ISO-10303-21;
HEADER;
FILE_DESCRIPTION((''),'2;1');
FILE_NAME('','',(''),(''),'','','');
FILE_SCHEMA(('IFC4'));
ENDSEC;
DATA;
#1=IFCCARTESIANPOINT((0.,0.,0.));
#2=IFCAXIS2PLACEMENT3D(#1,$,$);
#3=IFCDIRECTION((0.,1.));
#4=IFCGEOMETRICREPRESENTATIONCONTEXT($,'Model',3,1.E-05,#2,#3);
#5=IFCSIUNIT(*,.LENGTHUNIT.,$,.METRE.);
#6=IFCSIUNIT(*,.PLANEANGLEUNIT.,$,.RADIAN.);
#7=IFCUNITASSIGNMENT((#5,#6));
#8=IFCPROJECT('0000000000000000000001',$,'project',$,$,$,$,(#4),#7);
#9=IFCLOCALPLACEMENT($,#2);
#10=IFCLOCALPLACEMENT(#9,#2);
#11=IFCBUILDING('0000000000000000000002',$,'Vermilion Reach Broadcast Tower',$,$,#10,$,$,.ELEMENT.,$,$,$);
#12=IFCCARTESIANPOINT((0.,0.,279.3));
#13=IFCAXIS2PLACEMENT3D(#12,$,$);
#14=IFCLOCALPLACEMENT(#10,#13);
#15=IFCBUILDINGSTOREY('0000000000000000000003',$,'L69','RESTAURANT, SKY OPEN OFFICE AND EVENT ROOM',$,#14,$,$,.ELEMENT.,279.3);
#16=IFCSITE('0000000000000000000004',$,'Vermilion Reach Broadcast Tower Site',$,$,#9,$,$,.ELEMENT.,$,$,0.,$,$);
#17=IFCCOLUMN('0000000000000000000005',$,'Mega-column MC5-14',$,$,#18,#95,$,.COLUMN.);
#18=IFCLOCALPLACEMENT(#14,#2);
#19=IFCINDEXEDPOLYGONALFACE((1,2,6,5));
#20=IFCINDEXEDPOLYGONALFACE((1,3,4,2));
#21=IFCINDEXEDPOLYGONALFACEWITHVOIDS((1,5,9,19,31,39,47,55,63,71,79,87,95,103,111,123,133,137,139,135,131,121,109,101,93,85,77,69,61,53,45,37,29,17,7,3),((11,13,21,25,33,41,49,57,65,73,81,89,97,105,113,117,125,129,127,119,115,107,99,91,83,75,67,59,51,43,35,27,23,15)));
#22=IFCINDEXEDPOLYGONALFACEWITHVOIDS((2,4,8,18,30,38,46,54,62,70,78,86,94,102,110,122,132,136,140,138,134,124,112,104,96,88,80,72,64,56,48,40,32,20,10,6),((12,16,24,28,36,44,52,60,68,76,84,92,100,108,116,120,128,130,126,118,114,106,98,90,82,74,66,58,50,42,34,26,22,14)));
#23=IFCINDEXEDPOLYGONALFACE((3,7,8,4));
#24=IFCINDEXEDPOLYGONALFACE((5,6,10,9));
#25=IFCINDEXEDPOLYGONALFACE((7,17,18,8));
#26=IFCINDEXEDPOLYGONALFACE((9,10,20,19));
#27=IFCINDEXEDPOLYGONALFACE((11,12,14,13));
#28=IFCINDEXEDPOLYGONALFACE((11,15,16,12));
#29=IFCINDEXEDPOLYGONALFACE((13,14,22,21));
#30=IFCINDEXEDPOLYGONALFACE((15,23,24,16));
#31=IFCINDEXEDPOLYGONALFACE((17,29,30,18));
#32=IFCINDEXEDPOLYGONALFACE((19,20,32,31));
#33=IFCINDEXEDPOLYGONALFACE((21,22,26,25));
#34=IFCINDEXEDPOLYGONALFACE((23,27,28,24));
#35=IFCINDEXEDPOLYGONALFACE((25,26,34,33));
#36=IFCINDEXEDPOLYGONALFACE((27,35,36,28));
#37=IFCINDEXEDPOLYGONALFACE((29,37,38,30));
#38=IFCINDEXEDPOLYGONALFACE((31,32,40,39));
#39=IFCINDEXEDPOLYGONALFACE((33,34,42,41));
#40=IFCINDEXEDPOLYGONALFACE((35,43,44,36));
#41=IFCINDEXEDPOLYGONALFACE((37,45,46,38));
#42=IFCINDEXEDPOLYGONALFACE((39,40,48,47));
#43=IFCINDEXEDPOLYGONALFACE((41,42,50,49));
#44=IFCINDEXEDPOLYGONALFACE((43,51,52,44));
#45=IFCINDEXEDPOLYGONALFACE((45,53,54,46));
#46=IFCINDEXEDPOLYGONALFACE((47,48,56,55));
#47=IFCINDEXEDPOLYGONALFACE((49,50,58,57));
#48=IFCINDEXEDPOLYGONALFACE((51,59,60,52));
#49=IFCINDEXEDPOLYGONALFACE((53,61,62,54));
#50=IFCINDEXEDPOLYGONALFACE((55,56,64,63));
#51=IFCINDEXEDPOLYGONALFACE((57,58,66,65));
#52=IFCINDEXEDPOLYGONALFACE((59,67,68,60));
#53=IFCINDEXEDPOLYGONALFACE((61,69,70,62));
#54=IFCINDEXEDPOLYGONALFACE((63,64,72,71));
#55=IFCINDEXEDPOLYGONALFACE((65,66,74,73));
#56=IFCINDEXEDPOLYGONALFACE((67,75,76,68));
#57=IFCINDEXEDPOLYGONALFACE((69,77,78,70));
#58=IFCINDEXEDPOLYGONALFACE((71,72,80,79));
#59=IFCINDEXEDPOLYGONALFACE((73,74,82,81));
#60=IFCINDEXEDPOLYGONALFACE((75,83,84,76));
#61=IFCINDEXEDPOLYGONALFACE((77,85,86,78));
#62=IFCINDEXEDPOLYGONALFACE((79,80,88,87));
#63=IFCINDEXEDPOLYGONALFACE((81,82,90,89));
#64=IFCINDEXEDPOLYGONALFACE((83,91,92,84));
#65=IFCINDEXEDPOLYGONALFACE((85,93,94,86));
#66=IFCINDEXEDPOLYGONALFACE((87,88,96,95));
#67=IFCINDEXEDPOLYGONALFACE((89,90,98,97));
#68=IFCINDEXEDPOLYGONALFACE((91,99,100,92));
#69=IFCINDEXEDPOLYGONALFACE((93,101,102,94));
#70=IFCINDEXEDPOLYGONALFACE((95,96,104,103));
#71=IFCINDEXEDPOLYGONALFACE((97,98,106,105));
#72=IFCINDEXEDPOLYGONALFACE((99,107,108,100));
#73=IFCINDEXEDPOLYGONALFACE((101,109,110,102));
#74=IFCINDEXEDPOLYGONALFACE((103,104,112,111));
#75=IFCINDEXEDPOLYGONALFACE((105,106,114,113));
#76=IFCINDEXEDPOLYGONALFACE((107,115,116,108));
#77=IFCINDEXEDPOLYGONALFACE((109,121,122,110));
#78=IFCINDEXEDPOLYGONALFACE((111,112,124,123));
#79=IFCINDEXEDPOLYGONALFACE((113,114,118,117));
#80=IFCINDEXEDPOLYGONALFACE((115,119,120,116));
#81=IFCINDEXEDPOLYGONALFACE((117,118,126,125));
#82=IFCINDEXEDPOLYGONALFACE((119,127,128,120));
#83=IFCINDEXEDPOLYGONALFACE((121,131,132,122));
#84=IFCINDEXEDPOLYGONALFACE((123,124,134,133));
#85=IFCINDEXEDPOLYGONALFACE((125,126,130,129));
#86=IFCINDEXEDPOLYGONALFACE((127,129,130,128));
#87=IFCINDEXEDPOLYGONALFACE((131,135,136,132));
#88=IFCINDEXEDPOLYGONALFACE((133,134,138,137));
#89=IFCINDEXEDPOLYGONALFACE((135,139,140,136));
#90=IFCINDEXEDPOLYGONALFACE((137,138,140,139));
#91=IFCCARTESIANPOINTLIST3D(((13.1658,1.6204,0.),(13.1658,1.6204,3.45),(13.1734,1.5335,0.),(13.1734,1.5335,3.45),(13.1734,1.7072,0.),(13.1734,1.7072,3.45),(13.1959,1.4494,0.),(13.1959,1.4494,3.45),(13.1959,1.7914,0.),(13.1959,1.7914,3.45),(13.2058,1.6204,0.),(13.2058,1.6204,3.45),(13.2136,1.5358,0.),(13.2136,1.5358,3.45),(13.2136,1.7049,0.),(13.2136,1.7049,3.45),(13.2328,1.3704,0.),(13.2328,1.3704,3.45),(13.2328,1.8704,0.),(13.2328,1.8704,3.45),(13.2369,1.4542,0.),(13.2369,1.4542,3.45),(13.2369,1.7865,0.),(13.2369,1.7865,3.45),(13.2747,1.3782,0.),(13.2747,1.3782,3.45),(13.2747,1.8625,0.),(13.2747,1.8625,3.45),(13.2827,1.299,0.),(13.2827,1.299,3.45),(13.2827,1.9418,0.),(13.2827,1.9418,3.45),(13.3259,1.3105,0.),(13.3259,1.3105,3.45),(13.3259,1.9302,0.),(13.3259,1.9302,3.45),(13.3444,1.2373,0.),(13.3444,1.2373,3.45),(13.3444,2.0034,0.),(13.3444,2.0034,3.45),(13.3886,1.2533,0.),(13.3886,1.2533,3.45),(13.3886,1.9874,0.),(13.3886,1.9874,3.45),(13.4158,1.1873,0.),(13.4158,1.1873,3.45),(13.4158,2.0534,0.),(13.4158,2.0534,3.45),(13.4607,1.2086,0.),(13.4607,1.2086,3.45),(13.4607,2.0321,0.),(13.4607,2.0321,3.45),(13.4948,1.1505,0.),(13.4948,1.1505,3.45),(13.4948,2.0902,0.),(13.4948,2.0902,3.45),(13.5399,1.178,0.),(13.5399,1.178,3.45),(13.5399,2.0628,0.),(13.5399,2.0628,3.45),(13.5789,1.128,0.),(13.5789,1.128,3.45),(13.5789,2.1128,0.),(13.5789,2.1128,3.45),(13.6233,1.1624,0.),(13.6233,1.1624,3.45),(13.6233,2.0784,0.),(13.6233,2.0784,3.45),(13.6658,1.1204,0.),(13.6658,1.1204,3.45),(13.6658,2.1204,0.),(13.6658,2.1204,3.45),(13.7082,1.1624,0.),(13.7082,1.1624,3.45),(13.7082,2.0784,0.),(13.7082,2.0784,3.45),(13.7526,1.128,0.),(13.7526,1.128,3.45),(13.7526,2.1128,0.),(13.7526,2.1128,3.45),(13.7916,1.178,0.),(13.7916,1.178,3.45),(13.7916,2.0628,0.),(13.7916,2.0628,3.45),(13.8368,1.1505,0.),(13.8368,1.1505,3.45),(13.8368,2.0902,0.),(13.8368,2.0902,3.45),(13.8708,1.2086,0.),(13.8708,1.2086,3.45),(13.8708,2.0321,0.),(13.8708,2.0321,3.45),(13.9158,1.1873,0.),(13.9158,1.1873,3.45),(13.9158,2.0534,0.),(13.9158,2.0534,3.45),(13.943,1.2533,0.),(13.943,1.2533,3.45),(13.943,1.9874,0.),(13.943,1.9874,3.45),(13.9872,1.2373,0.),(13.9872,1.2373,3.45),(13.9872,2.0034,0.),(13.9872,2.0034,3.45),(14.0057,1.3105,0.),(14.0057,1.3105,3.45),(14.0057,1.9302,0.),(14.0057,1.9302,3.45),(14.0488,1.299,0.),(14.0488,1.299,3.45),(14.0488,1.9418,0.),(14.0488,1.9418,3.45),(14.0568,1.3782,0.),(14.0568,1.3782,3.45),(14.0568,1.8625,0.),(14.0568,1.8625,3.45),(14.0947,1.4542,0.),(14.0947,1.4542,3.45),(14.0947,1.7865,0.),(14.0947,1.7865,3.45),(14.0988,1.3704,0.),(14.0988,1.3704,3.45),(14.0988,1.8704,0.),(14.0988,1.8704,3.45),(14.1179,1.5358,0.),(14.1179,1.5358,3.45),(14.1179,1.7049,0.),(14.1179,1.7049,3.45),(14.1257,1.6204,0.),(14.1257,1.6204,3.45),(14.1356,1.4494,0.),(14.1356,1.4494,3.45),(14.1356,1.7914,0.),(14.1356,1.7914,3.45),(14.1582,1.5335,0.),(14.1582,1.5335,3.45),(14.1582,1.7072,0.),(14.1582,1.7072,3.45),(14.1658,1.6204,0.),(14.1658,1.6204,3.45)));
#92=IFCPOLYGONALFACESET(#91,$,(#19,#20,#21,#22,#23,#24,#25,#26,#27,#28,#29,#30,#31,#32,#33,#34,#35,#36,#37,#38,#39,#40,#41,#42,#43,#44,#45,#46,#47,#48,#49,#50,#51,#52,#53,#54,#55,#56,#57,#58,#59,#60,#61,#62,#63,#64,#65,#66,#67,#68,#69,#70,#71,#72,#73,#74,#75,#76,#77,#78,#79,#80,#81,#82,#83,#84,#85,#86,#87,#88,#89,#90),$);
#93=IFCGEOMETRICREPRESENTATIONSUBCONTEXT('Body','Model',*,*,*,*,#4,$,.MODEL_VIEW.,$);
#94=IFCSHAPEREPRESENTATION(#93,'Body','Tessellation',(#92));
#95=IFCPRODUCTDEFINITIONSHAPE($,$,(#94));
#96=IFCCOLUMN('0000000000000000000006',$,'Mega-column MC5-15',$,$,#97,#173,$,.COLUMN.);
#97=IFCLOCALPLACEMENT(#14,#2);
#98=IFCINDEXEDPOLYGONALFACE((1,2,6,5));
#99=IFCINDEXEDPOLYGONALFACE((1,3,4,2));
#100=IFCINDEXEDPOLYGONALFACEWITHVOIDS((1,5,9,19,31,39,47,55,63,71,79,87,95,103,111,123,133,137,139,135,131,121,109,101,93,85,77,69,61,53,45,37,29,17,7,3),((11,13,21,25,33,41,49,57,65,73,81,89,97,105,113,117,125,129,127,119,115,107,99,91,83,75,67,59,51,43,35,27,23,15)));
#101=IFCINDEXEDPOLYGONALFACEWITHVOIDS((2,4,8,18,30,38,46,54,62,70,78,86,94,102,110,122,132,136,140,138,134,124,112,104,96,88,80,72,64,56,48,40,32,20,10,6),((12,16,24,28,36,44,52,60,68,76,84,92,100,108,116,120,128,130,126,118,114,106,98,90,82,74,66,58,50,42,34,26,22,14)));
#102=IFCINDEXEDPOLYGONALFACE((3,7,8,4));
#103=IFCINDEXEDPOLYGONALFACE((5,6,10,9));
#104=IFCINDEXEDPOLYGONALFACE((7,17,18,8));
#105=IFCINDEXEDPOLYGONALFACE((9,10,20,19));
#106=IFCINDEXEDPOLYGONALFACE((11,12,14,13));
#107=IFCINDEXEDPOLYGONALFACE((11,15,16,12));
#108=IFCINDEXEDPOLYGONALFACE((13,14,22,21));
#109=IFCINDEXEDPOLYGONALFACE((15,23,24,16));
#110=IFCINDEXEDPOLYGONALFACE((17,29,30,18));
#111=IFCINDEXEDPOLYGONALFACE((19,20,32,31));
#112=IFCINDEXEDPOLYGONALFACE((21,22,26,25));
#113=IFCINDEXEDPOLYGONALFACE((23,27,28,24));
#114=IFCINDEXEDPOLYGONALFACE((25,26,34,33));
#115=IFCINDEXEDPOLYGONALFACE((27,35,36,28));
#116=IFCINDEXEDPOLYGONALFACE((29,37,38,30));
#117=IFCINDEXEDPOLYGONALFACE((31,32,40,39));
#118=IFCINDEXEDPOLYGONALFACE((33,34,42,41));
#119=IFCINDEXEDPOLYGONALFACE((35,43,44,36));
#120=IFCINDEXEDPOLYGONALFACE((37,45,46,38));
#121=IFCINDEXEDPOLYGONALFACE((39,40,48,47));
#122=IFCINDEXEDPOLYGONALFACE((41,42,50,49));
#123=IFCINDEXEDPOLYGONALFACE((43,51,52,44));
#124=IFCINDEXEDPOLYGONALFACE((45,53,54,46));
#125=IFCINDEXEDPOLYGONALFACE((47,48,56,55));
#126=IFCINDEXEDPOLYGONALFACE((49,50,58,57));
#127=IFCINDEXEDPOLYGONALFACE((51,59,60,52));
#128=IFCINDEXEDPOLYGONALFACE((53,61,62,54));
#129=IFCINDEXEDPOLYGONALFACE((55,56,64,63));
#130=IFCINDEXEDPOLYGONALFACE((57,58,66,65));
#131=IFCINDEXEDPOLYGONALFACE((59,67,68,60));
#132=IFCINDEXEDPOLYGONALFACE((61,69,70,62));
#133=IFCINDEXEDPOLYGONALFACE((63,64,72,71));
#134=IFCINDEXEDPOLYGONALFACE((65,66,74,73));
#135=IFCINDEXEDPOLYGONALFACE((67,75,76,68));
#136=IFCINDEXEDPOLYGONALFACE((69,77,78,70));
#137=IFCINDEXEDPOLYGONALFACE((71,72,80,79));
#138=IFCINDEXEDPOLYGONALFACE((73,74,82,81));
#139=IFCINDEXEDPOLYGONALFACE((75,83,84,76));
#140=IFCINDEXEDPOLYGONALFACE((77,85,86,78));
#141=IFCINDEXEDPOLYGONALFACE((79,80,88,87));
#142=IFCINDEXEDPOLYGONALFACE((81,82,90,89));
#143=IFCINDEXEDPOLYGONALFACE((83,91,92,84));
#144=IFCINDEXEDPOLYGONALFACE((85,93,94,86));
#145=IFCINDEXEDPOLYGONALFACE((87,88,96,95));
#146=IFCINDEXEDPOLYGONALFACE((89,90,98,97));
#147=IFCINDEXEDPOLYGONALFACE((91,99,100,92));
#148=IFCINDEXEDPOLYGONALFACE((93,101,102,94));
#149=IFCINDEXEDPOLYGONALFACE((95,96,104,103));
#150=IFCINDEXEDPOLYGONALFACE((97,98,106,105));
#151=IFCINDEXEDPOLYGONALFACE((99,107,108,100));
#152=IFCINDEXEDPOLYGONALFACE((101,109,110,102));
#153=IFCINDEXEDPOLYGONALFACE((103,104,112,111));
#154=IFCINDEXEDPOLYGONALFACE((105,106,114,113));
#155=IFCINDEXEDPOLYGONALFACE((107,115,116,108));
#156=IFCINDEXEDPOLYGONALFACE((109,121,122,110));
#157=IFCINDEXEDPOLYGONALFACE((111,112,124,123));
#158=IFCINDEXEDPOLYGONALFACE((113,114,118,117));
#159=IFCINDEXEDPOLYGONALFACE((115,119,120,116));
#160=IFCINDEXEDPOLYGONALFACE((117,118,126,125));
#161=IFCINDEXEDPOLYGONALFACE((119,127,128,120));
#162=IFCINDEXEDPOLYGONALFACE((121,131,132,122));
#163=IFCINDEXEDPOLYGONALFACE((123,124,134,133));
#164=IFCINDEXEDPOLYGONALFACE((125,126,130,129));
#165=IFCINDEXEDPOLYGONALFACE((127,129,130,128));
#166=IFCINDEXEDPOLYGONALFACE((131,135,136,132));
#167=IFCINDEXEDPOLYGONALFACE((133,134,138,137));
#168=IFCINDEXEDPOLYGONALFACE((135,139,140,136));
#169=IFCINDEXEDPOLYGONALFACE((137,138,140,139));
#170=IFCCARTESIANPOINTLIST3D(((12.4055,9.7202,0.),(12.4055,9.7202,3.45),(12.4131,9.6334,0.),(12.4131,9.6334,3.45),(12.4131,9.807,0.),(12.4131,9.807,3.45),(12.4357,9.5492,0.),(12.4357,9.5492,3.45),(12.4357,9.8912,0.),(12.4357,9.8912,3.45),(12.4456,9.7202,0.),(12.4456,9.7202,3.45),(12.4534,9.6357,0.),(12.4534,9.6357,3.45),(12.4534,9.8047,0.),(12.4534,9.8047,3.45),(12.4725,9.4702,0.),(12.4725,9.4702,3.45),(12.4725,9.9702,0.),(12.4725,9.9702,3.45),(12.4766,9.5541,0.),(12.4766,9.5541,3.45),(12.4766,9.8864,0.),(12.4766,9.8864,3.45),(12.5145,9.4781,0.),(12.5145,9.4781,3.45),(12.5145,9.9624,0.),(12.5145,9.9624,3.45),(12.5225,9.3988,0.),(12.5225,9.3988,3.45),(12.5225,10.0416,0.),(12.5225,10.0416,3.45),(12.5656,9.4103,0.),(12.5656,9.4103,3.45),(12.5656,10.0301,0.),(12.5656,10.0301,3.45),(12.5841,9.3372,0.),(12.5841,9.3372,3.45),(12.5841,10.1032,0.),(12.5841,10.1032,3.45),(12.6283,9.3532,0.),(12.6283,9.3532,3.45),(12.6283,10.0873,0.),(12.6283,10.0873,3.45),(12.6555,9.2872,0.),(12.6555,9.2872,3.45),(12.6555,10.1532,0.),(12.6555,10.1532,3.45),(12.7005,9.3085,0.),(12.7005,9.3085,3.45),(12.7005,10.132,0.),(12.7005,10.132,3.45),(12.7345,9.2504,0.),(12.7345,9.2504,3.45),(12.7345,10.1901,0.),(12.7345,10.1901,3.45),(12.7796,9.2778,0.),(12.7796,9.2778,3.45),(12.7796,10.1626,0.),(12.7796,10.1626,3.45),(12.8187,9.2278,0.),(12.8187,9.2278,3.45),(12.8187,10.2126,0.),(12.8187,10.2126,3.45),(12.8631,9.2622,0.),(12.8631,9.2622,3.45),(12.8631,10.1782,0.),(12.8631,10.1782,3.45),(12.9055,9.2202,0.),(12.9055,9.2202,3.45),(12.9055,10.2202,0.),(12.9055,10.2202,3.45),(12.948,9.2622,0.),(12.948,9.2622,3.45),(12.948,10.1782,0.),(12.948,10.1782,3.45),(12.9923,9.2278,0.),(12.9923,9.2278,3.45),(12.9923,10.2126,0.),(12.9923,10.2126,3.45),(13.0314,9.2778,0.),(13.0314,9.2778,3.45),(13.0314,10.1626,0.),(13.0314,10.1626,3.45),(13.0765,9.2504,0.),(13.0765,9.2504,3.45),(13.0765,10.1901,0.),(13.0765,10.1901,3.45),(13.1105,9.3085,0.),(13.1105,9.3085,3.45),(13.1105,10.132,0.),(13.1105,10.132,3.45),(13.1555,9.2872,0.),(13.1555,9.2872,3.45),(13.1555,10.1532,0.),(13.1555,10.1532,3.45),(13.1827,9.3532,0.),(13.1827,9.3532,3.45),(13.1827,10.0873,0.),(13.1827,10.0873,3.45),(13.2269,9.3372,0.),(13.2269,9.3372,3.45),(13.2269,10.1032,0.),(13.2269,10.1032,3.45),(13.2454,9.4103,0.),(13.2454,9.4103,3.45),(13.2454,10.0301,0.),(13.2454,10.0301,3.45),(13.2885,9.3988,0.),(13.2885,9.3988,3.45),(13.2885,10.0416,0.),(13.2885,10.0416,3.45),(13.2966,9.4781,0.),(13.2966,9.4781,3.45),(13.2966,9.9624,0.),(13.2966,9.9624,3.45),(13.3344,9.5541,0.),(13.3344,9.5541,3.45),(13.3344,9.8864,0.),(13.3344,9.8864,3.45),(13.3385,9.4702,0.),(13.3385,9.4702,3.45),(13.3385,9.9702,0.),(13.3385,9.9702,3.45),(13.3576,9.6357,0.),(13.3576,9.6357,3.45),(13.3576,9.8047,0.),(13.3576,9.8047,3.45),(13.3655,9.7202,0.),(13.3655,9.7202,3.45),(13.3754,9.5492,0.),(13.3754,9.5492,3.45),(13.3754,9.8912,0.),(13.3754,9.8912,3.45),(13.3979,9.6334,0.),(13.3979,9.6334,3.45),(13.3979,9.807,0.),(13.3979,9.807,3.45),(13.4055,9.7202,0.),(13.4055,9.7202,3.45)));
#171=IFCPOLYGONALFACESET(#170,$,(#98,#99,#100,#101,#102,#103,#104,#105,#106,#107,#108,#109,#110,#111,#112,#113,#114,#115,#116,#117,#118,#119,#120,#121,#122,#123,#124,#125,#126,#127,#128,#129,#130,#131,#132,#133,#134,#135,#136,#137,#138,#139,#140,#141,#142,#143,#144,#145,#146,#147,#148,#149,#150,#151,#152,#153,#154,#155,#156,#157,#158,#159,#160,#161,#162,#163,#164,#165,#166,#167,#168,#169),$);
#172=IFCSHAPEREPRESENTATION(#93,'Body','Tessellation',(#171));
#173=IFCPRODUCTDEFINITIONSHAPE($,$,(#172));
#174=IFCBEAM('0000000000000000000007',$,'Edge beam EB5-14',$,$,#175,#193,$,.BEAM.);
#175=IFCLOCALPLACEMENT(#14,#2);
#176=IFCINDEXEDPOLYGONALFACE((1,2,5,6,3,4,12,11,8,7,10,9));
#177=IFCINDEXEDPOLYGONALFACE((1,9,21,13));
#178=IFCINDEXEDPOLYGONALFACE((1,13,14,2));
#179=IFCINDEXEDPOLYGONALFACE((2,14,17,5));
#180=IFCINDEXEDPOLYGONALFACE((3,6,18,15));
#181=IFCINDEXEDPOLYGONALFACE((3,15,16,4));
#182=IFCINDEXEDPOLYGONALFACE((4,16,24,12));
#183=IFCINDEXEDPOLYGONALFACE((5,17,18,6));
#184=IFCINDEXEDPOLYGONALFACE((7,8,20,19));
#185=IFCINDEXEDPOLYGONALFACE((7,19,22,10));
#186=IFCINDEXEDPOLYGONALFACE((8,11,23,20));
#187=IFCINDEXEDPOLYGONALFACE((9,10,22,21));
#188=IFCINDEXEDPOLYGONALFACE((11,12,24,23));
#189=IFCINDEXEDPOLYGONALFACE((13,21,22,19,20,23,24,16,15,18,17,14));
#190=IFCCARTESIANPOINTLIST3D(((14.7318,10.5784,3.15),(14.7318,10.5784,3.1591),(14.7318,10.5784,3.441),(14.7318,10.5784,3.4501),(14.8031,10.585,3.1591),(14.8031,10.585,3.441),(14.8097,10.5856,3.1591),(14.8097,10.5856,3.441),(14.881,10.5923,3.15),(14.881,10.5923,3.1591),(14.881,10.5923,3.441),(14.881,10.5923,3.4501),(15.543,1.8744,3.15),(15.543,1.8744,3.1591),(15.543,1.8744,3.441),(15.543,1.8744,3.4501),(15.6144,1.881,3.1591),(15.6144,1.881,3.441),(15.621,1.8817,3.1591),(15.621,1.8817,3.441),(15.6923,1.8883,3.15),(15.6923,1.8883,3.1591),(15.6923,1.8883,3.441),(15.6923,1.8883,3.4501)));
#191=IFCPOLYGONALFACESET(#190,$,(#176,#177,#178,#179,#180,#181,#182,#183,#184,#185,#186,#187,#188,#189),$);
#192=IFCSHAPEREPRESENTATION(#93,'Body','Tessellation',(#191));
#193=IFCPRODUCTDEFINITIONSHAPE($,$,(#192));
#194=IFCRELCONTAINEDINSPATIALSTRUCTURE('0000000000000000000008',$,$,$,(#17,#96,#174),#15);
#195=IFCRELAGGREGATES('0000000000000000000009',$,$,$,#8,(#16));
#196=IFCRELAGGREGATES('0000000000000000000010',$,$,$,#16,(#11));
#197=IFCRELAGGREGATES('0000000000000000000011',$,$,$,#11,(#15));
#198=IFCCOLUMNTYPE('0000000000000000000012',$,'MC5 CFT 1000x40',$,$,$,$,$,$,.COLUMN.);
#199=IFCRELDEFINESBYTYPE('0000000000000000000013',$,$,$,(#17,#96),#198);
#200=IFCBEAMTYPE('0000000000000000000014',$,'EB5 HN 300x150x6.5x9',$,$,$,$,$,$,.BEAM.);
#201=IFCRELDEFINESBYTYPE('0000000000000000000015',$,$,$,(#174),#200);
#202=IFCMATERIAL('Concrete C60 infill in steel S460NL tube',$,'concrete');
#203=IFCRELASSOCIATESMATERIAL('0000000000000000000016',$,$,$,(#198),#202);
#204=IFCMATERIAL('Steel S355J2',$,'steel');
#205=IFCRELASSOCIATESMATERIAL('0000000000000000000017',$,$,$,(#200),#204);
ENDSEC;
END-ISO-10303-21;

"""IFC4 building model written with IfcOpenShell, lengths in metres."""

from ifc_helpers import new_model, si_unit, direction, frame, origin, origin_2d, place, context, subcontext, project, spatial, hollow_circle, i_section, extrude, material, material_profile, profile_set, type_object, element, save


model = new_model("IFC4")

# Units and contexts
model_context = context("Model", 3, precision=1e-05, world=origin(), true_north=direction((0.0, 1.0)))
body_context = subcontext(model_context, "Body", "Model", "MODEL_VIEW")
ifc_project = project(units=[si_unit("LENGTHUNIT", "METRE"), si_unit("PLANEANGLEUNIT", "RADIAN")], contexts=[model_context])

# Site, building, storey
site_placement = place(None, origin())
site = spatial("IfcSite", under=ifc_project, at=site_placement, Name="Vermilion Reach Broadcast Tower Site", CompositionType="ELEMENT", RefElevation=0.0)
building_placement = place(site_placement, origin())
building = spatial("IfcBuilding", under=site, at=building_placement, Name="Vermilion Reach Broadcast Tower", CompositionType="ELEMENT")
storey_placement = place(building_placement, frame((0.0, 0.0, 279.3)))
storey = spatial("IfcBuildingStorey", under=building, at=storey_placement, Name="L69", Description="RESTAURANT, SKY OPEN OFFICE AND EVENT ROOM", CompositionType="ELEMENT", Elevation=279.3)

# Columns
ifc_material_1 = material(Name="Concrete C60 infill in steel S460NL tube", Category="concrete")
ifc_material_profile_1 = material_profile(ifc_material_1, hollow_circle(Radius=0.5, WallThickness=0.04, at=origin_2d()), Name="Concrete C60 infill in steel S460NL tube CFT 1000x40")
ifc_profile_set_1 = profile_set([ifc_material_profile_1], Name="Concrete C60 infill in steel S460NL tube")
column_type = type_object("IfcColumnType", Name="MC5 CFT 1000x40", PredefinedType="COLUMN", material=ifc_profile_set_1)
for number, where, z_axis, x_axis, name in (
    (1, (13.6658, 1.6204, 0.0), (0.0, 0.0, 1.0), (1.0, 0.0, 0.0), "Mega-column MC5-14"),
    (2, (12.9055, 9.7202, 0.0), (0.0, 0.0, 1.0), (1.0, 0.0, 0.0), "Mega-column MC5-15"),
):
    element("IfcColumn", number, at=place(storey_placement, frame(where, z_axis=z_axis, x_axis=x_axis)), inside=storey, type_object=column_type, Name=name, PredefinedType="COLUMN", context=body_context, shape_type="SweptSolid", body=[
        extrude(hollow_circle(Radius=0.5, WallThickness=0.04, at=origin_2d()), origin(), (0.0, 0.0, 1.0), 3.45),
    ])

# Beam
ifc_material_2 = material(Name="Steel S355J2", Category="steel")
ifc_material_profile_2 = material_profile(ifc_material_2, i_section(OverallWidth=0.1499, OverallDepth=0.3, WebThickness=0.0066, FlangeThickness=0.009, at=origin_2d()), Name="S355J2 HN 300x150x6.5x9")
ifc_profile_set_2 = profile_set([ifc_material_profile_2], Name="Steel S355J2")
beam_type_1 = type_object("IfcBeamType", Name="EB5 HN 300x150x6.5x9", PredefinedType="BEAM", material=ifc_profile_set_2)
beam_1_placement = place(storey_placement, frame((15.6177, 1.8813, 3.3), z_axis=(-0.092807, 0.995684, 0.0), x_axis=(-0.995684, -0.092807, 0.0)))
element("IfcBeam", 3, at=beam_1_placement, inside=storey, type_object=beam_type_1, Name="Edge beam EB5-14", PredefinedType="BEAM", context=body_context, shape_type="SweptSolid", body=[
    extrude(i_section(OverallWidth=0.1499, OverallDepth=0.3, WebThickness=0.0066, FlangeThickness=0.009, at=origin_2d()), origin(), (0.0, 0.0, 1.0), 8.7417),
])

save(model, "model.ifc")
